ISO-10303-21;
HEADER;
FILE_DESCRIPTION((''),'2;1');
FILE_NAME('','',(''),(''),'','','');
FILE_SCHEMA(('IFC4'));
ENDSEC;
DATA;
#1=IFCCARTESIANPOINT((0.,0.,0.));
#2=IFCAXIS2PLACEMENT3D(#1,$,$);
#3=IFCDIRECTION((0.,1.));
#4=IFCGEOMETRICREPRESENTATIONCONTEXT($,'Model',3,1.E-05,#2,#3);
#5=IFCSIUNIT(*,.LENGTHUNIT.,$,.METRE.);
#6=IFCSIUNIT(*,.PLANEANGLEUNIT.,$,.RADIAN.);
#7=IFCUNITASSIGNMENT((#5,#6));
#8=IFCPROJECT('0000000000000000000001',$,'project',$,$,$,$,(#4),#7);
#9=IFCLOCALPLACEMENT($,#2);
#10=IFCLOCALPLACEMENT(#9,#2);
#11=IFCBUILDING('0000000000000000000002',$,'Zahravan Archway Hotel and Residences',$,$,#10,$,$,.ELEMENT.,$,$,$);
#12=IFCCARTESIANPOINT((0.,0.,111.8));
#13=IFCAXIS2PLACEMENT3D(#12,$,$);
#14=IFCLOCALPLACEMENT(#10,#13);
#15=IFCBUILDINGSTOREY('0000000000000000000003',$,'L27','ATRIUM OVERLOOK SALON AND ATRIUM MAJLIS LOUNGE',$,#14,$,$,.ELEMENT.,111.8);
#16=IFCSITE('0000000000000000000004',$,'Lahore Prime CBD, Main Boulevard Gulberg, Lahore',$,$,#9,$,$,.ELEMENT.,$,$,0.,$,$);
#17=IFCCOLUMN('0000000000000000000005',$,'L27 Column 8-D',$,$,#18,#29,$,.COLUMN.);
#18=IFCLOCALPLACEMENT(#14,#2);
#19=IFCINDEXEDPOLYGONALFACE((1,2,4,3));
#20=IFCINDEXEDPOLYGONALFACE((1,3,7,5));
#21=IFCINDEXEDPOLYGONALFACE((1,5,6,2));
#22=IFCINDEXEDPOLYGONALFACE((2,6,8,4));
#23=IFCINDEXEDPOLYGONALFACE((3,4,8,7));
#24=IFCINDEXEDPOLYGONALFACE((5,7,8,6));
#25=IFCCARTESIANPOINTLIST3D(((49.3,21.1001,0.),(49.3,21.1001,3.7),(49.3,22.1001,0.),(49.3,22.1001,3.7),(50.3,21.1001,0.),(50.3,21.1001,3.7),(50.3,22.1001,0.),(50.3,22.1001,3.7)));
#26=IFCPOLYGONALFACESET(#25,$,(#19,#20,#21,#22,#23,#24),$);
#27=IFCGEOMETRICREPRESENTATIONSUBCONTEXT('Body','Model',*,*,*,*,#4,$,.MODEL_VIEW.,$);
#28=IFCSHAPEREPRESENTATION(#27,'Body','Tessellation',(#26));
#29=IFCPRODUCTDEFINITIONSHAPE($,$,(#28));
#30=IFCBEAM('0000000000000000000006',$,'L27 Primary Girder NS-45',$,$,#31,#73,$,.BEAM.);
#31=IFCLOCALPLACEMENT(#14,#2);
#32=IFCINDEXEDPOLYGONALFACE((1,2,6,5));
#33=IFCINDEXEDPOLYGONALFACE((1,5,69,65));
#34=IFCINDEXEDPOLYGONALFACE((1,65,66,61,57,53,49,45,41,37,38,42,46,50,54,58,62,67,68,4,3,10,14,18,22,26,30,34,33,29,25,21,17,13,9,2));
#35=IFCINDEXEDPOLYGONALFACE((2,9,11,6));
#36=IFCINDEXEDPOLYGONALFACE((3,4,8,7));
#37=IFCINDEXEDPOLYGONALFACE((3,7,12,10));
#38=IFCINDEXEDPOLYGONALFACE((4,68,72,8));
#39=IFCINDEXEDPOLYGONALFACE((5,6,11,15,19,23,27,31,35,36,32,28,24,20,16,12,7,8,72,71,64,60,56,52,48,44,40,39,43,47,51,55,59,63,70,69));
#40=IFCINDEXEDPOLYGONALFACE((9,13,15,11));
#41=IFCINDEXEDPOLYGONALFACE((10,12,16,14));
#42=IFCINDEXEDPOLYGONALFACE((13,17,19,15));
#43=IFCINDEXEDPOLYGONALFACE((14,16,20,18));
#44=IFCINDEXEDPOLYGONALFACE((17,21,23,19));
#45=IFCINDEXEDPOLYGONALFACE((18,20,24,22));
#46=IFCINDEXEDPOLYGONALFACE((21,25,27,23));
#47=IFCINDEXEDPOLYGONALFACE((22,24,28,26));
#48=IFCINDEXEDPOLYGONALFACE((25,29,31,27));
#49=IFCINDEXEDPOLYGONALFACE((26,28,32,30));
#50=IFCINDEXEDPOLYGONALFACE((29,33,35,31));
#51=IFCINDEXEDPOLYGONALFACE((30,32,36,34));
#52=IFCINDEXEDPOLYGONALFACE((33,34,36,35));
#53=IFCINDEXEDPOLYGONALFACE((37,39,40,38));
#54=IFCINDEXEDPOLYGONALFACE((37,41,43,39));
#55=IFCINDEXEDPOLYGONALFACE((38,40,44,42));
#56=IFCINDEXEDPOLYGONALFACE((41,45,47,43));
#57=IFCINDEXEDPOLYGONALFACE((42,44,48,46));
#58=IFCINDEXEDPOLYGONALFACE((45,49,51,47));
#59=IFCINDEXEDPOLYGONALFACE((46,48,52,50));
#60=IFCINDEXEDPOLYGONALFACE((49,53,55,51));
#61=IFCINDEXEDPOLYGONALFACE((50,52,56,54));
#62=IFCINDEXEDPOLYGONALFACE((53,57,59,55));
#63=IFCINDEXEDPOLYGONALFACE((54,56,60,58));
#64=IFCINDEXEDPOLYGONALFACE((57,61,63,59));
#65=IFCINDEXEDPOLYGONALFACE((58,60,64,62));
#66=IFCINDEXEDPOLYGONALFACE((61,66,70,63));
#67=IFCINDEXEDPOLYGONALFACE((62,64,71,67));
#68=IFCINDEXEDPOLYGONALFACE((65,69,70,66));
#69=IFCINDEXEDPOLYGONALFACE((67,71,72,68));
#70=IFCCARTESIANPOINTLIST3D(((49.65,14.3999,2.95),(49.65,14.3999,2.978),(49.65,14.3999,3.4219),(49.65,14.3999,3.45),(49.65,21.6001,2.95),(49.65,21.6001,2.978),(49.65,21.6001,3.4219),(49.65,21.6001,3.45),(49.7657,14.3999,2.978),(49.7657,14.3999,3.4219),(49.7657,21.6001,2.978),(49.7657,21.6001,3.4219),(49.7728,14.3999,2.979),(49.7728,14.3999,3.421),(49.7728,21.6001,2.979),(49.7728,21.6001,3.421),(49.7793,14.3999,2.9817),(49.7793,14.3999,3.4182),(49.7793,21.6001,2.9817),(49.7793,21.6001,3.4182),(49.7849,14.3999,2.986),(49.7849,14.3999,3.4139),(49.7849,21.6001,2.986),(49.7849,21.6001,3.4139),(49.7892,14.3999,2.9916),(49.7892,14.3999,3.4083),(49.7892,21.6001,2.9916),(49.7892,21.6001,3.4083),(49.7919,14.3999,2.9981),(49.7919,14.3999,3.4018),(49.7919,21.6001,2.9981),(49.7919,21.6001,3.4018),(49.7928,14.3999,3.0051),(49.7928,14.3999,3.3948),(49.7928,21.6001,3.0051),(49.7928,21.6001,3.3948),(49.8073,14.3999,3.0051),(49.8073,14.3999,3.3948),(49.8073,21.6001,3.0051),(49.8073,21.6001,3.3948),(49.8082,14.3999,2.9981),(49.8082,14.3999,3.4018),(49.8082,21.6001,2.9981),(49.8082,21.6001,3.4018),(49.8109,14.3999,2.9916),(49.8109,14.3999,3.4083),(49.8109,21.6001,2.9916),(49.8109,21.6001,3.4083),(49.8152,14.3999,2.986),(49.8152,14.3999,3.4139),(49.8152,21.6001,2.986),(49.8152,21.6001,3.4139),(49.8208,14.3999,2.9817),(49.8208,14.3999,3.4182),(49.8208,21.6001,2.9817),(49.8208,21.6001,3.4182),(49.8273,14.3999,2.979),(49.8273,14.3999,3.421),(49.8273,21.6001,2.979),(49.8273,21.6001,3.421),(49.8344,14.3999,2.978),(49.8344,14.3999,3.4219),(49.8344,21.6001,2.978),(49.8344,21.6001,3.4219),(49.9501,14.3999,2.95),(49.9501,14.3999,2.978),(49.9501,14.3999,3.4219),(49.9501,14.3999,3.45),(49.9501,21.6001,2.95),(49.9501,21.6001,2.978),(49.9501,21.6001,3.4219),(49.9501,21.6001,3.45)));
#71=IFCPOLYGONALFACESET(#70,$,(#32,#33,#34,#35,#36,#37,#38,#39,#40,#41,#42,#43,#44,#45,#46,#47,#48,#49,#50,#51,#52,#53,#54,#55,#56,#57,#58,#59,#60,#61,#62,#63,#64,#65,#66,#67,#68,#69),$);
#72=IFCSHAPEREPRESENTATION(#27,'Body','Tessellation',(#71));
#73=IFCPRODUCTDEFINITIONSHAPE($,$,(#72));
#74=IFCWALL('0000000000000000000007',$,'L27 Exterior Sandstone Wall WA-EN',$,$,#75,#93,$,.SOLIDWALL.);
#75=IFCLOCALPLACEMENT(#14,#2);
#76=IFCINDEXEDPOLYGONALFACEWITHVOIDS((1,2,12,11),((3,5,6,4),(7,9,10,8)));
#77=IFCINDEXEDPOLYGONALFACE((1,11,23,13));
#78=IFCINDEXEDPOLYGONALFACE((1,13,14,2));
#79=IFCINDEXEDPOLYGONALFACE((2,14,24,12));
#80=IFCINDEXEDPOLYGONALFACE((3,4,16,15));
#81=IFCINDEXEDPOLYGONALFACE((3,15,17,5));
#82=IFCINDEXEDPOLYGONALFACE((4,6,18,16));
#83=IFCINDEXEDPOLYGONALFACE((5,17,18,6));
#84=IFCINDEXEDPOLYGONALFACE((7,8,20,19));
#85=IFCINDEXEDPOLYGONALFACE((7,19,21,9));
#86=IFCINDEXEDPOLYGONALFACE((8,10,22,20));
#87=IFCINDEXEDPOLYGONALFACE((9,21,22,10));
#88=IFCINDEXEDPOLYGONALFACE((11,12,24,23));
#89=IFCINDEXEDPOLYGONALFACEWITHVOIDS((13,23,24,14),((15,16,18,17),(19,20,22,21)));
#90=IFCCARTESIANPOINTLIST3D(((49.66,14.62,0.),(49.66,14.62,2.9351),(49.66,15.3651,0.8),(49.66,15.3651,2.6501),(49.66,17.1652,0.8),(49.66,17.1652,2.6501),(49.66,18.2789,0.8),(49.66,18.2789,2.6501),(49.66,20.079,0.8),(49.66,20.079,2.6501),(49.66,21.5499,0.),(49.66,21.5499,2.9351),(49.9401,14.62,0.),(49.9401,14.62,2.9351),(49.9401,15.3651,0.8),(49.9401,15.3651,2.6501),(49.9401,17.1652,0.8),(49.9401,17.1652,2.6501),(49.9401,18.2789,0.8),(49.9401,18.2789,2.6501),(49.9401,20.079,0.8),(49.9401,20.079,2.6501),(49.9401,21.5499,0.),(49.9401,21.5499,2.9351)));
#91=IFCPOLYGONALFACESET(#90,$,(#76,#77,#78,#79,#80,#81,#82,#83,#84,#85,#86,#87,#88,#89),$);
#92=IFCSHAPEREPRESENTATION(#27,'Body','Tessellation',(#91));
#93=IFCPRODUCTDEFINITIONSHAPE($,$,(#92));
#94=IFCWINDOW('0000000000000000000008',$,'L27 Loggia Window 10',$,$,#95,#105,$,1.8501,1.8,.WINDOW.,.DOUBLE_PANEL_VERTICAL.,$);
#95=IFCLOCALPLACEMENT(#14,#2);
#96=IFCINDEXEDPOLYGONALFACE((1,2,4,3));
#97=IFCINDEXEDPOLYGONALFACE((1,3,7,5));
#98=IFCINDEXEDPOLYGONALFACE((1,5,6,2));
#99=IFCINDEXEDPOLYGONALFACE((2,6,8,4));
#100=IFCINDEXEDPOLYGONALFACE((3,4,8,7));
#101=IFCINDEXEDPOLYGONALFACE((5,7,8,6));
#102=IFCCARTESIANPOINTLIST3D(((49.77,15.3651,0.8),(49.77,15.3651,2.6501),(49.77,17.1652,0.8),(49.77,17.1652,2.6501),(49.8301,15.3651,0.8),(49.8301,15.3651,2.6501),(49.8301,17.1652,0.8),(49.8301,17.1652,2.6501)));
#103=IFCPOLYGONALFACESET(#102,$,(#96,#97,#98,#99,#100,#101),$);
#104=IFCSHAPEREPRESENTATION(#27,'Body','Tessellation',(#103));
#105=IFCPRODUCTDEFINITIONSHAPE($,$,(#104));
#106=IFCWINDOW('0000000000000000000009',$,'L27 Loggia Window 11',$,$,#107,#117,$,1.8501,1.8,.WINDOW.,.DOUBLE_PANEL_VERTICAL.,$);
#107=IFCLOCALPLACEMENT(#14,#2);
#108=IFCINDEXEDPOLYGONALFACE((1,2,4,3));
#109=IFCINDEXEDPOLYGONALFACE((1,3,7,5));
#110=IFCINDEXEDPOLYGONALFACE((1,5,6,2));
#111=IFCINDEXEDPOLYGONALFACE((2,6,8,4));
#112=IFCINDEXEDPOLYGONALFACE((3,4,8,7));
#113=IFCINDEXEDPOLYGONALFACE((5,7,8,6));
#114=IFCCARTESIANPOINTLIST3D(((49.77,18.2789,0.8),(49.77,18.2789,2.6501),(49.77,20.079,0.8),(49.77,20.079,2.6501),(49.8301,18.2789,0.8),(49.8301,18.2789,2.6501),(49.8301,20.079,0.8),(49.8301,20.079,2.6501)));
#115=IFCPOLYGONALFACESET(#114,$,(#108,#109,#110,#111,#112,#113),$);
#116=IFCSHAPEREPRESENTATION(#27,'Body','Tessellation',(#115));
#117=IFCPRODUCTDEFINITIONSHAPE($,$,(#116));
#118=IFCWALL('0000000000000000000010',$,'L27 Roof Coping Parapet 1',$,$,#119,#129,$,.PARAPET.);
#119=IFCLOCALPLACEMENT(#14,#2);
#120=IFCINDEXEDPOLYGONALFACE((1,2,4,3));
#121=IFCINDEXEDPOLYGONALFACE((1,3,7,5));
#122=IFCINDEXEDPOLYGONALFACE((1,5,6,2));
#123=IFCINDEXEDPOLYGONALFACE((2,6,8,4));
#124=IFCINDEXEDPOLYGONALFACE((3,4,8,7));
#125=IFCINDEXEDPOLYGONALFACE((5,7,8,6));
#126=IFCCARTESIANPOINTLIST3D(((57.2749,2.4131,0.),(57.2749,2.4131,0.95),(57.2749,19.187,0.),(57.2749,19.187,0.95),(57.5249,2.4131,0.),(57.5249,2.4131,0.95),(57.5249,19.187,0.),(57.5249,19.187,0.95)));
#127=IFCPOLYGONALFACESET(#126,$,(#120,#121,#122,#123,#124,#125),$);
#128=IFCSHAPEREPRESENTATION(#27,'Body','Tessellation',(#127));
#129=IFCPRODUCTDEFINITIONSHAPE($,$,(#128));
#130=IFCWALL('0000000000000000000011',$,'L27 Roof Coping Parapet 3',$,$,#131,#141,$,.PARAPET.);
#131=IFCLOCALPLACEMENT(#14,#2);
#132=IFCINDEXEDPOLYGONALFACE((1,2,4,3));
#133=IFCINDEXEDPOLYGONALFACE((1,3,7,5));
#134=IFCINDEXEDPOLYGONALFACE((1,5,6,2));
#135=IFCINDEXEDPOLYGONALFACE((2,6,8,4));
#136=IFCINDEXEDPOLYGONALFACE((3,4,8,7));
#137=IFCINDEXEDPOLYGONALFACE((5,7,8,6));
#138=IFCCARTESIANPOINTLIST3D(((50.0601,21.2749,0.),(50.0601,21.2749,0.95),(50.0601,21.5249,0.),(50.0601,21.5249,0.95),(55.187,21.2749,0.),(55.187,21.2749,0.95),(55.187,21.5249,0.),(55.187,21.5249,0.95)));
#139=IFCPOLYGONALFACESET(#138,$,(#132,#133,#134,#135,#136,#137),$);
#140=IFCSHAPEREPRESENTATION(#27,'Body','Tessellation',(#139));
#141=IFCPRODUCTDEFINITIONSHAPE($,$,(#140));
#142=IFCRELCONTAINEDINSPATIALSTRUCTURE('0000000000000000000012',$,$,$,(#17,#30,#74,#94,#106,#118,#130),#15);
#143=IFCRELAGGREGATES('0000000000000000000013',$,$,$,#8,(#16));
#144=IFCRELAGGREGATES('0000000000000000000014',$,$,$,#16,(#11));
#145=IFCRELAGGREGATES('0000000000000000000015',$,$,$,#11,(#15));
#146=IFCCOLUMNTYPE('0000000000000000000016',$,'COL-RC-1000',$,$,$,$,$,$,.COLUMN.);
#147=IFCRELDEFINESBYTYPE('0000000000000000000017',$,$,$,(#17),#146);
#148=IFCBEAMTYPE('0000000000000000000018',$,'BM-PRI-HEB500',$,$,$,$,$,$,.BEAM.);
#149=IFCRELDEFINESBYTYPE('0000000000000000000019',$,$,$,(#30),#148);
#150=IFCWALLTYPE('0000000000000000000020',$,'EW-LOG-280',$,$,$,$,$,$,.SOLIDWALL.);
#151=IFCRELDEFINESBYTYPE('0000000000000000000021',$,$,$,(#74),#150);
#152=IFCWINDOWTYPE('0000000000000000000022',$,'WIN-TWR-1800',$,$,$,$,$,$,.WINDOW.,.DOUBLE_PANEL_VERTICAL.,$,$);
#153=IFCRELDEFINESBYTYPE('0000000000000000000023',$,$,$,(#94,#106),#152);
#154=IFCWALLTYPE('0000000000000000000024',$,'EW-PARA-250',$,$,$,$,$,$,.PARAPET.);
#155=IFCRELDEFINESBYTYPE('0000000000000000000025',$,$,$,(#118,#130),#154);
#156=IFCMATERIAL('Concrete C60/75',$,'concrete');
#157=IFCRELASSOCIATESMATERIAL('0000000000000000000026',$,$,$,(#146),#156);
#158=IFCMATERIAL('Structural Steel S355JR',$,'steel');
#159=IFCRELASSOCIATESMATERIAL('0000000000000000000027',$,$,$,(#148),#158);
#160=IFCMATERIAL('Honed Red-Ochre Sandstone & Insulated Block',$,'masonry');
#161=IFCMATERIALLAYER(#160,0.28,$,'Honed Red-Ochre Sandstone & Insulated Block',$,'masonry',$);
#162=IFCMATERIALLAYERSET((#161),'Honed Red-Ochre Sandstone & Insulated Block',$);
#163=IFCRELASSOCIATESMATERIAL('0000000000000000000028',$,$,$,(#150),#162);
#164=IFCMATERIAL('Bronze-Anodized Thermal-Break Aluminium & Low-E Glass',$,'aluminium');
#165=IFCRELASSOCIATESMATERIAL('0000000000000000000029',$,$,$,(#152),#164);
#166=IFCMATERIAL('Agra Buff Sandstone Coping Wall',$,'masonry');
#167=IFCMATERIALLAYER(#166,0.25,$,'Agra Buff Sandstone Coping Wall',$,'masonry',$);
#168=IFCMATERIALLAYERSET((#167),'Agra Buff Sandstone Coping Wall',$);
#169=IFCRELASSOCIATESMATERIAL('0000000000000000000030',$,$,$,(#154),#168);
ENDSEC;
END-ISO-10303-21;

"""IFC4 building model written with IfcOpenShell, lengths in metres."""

from ifc_helpers import new_model, si_unit, direction, frame, frame_2d, origin, origin_2d, place, context, subcontext, project, spatial, rectangle, i_section, extrude, source, transform, mapped, material, layer, layer_set, material_profile, profile_set, type_object, type_shapes, element, fill, save


model = new_model("IFC4")

# Units and contexts
model_context = context("Model", 3, precision=1e-05, world=origin(), true_north=direction((0.0, 1.0)))
body_context = subcontext(model_context, "Body", "Model", "MODEL_VIEW")
ifc_project = project(units=[si_unit("LENGTHUNIT", "METRE"), si_unit("PLANEANGLEUNIT", "RADIAN")], contexts=[model_context])

# Site, building, storey
site_placement = place(None, origin())
site = spatial("IfcSite", under=ifc_project, at=site_placement, Name="Lahore Prime CBD, Main Boulevard Gulberg, Lahore", CompositionType="ELEMENT", RefElevation=0.0)
building_placement = place(site_placement, origin())
building = spatial("IfcBuilding", under=site, at=building_placement, Name="Zahravan Archway Hotel and Residences", CompositionType="ELEMENT")
storey_placement = place(building_placement, frame((0.0, 0.0, 111.8)))
storey = spatial("IfcBuildingStorey", under=building, at=storey_placement, Name="L27", Description="ATRIUM OVERLOOK SALON AND ATRIUM MAJLIS LOUNGE", CompositionType="ELEMENT", Elevation=111.8)

# Column
ifc_material_1 = material(Name="Concrete C60/75", Category="concrete")
ifc_material_profile_1 = material_profile(ifc_material_1, rectangle(XDim=1.0, YDim=1.0, at=origin_2d()), Name="RC-COL-1000x1000", Category="concrete")
ifc_profile_set_1 = profile_set([ifc_material_profile_1], Name="Concrete C60/75")
column_type = type_object("IfcColumnType", Name="COL-RC-1000", PredefinedType="COLUMN", material=ifc_profile_set_1)
shared_shape_1 = source(origin(), body_context, "Body", "SweptSolid", [
    extrude(rectangle(XDim=1.0, YDim=1.0, at=origin_2d()), origin(), (0.0, 0.0, 1.0), 3.7),
])
type_shapes(column_type, [shared_shape_1])
column_placement = place(storey_placement, frame((49.8, 21.6001, 0.0), z_axis=(0.0, 0.0, 1.0), x_axis=(1.0, 0.0, 0.0)))
element("IfcColumn", 1, at=column_placement, inside=storey, type_object=column_type, Name="L27 Column 8-D", PredefinedType="COLUMN", context=body_context, shape_type="MappedRepresentation", body=[
    mapped(shared_shape_1, transform((0.0, 0.0, 0.0), scale=1.0)),
])

# Beam
ifc_material_2 = material(Name="Structural Steel S355JR", Category="steel")
ifc_material_profile_2 = material_profile(ifc_material_2, i_section(OverallWidth=0.3, OverallDepth=0.5, WebThickness=0.0144, FlangeThickness=0.0281, FilletRadius=0.0271, at=origin_2d()), Name="HEB 500", Category="steel")
ifc_profile_set_2 = profile_set([ifc_material_profile_2], Name="Structural Steel S355JR")
beam_type = type_object("IfcBeamType", Name="BM-PRI-HEB500", PredefinedType="BEAM", material=ifc_profile_set_2)
shared_shape_2 = source(origin(), body_context, "Body", "SweptSolid", [
    extrude(i_section(OverallWidth=0.3, OverallDepth=0.5, WebThickness=0.0144, FlangeThickness=0.0281, FilletRadius=0.0271, at=origin_2d()), origin(), (0.0, 0.0, 1.0), 7.2002),
])
type_shapes(beam_type, [shared_shape_2])
beam_placement = place(storey_placement, frame((49.8, 14.3999, 3.2), z_axis=(0.0, 1.0, 0.0), x_axis=(-1.0, 0.0, 0.0)))
element("IfcBeam", 2, at=beam_placement, inside=storey, type_object=beam_type, Name="L27 Primary Girder NS-45", PredefinedType="BEAM", context=body_context, shape_type="MappedRepresentation", body=[
    mapped(shared_shape_2, transform((0.0, 0.0, 0.0), scale=1.0)),
])

# Wall, openings, windows
ifc_material_3 = material(Name="Honed Red-Ochre Sandstone & Insulated Block", Category="masonry")
ifc_layer_1 = layer(ifc_material_3, 0.28, Name="Honed Red-Ochre Sandstone & Insulated Block", Category="masonry")
ifc_layer_set_1 = layer_set([ifc_layer_1], Name="Honed Red-Ochre Sandstone & Insulated Block")
wall_type_1 = type_object("IfcWallType", Name="EW-LOG-280", PredefinedType="SOLIDWALL", material=ifc_layer_set_1)
wall_1_placement = place(storey_placement, frame((49.8, 14.6201, 0.0), z_axis=(0.0, 0.0, 1.0), x_axis=(0.0, 1.0, 0.0)))
wall_1 = element("IfcWall", 3, at=wall_1_placement, inside=storey, type_object=wall_type_1, Name="L27 Exterior Sandstone Wall WA-EN", PredefinedType="SOLIDWALL", context=body_context, shape_type="SweptSolid", body=[
    extrude(rectangle(XDim=6.9299, YDim=0.28, at=frame_2d((3.4648, 0.0))), origin(), (0.0, 0.0, 1.0), 2.9351),
])
opening_1_placement = place(wall_1_placement, frame((0.7451, 0.0, 0.8)))
opening_1 = element("IfcOpeningElement", 4, at=opening_1_placement, cuts=wall_1, PredefinedType="OPENING", context=body_context, shape_type="SweptSolid", body=[
    extrude(rectangle(XDim=1.8, YDim=1.8501, at=frame_2d((0.8999, 0.925))), frame((0.0, 0.1499, 0.0), z_axis=(0.0, -1.0, 0.0), x_axis=(1.0, 0.0, 0.0)), (0.0, 0.0, 1.0), 0.3),
])
opening_2_placement = place(wall_1_placement, frame((3.6589, 0.0, 0.8)))
opening_2 = element("IfcOpeningElement", 5, at=opening_2_placement, cuts=wall_1, PredefinedType="OPENING", context=body_context, shape_type="SweptSolid", body=[
    extrude(rectangle(XDim=1.8, YDim=1.8501, at=frame_2d((0.8999, 0.925))), frame((0.0, 0.1499, 0.0), z_axis=(0.0, -1.0, 0.0), x_axis=(1.0, 0.0, 0.0)), (0.0, 0.0, 1.0), 0.3),
])
ifc_material_4 = material(Name="Bronze-Anodized Thermal-Break Aluminium & Low-E Glass", Category="aluminium")
window_type = type_object("IfcWindowType", Name="WIN-TWR-1800", PartitioningType="DOUBLE_PANEL_VERTICAL", PredefinedType="WINDOW", material=ifc_material_4)
shared_shape_3 = source(origin(), body_context, "Body", "SweptSolid", [
    extrude(rectangle(XDim=1.8, YDim=1.8501, at=frame_2d((0.8999, 0.925))), frame((0.0, 0.03, 0.0), z_axis=(0.0, -1.0, 0.0), x_axis=(1.0, 0.0, 0.0)), (0.0, 0.0, 1.0), 0.0601),
])
type_shapes(window_type, [shared_shape_3])
window_1_placement = place(opening_1_placement, origin())
window_1 = element("IfcWindow", 6, at=window_1_placement, inside=storey, type_object=window_type, Name="L27 Loggia Window 10", OverallHeight=1.8501, OverallWidth=1.8, PartitioningType="DOUBLE_PANEL_VERTICAL", PredefinedType="WINDOW", context=body_context, shape_type="MappedRepresentation", body=[
    mapped(shared_shape_3, transform((0.0, 0.0, 0.0), scale=1.0)),
])
fill(opening_1, window_1)
window_2_placement = place(opening_2_placement, origin())
window_2 = element("IfcWindow", 7, at=window_2_placement, inside=storey, type_object=window_type, Name="L27 Loggia Window 11", OverallHeight=1.8501, OverallWidth=1.8, PartitioningType="DOUBLE_PANEL_VERTICAL", PredefinedType="WINDOW", context=body_context, shape_type="MappedRepresentation", body=[
    mapped(shared_shape_3, transform((0.0, 0.0, 0.0), scale=1.0)),
])
fill(opening_2, window_2)

# Walls
ifc_material_5 = material(Name="Agra Buff Sandstone Coping Wall", Category="masonry")
ifc_layer_2 = layer(ifc_material_5, 0.25, Name="Agra Buff Sandstone Coping Wall", Category="masonry")
ifc_layer_set_2 = layer_set([ifc_layer_2], Name="Agra Buff Sandstone Coping Wall")
wall_type_2 = type_object("IfcWallType", Name="EW-PARA-250", PredefinedType="PARAPET", material=ifc_layer_set_2)
wall_2_placement = place(storey_placement, frame((57.3999, 19.187, 0.0), z_axis=(0.0, 0.0, 1.0), x_axis=(0.0, -1.0, 0.0)))
element("IfcWall", 8, at=wall_2_placement, inside=storey, type_object=wall_type_2, Name="L27 Roof Coping Parapet 1", PredefinedType="PARAPET", context=body_context, shape_type="SweptSolid", body=[
    extrude(rectangle(XDim=16.7739, YDim=0.25, at=frame_2d((8.387, 0.0))), origin(), (0.0, 0.0, 1.0), 0.95),
])
wall_3_placement = place(storey_placement, frame((50.0601, 21.3999, 0.0), z_axis=(0.0, 0.0, 1.0), x_axis=(1.0, 0.0, 0.0)))
element("IfcWall", 9, at=wall_3_placement, inside=storey, type_object=wall_type_2, Name="L27 Roof Coping Parapet 3", PredefinedType="PARAPET", context=body_context, shape_type="SweptSolid", body=[
    extrude(rectangle(XDim=5.127, YDim=0.25, at=frame_2d((2.5635, 0.0))), origin(), (0.0, 0.0, 1.0), 0.95),
])

save(model, "model.ifc")
